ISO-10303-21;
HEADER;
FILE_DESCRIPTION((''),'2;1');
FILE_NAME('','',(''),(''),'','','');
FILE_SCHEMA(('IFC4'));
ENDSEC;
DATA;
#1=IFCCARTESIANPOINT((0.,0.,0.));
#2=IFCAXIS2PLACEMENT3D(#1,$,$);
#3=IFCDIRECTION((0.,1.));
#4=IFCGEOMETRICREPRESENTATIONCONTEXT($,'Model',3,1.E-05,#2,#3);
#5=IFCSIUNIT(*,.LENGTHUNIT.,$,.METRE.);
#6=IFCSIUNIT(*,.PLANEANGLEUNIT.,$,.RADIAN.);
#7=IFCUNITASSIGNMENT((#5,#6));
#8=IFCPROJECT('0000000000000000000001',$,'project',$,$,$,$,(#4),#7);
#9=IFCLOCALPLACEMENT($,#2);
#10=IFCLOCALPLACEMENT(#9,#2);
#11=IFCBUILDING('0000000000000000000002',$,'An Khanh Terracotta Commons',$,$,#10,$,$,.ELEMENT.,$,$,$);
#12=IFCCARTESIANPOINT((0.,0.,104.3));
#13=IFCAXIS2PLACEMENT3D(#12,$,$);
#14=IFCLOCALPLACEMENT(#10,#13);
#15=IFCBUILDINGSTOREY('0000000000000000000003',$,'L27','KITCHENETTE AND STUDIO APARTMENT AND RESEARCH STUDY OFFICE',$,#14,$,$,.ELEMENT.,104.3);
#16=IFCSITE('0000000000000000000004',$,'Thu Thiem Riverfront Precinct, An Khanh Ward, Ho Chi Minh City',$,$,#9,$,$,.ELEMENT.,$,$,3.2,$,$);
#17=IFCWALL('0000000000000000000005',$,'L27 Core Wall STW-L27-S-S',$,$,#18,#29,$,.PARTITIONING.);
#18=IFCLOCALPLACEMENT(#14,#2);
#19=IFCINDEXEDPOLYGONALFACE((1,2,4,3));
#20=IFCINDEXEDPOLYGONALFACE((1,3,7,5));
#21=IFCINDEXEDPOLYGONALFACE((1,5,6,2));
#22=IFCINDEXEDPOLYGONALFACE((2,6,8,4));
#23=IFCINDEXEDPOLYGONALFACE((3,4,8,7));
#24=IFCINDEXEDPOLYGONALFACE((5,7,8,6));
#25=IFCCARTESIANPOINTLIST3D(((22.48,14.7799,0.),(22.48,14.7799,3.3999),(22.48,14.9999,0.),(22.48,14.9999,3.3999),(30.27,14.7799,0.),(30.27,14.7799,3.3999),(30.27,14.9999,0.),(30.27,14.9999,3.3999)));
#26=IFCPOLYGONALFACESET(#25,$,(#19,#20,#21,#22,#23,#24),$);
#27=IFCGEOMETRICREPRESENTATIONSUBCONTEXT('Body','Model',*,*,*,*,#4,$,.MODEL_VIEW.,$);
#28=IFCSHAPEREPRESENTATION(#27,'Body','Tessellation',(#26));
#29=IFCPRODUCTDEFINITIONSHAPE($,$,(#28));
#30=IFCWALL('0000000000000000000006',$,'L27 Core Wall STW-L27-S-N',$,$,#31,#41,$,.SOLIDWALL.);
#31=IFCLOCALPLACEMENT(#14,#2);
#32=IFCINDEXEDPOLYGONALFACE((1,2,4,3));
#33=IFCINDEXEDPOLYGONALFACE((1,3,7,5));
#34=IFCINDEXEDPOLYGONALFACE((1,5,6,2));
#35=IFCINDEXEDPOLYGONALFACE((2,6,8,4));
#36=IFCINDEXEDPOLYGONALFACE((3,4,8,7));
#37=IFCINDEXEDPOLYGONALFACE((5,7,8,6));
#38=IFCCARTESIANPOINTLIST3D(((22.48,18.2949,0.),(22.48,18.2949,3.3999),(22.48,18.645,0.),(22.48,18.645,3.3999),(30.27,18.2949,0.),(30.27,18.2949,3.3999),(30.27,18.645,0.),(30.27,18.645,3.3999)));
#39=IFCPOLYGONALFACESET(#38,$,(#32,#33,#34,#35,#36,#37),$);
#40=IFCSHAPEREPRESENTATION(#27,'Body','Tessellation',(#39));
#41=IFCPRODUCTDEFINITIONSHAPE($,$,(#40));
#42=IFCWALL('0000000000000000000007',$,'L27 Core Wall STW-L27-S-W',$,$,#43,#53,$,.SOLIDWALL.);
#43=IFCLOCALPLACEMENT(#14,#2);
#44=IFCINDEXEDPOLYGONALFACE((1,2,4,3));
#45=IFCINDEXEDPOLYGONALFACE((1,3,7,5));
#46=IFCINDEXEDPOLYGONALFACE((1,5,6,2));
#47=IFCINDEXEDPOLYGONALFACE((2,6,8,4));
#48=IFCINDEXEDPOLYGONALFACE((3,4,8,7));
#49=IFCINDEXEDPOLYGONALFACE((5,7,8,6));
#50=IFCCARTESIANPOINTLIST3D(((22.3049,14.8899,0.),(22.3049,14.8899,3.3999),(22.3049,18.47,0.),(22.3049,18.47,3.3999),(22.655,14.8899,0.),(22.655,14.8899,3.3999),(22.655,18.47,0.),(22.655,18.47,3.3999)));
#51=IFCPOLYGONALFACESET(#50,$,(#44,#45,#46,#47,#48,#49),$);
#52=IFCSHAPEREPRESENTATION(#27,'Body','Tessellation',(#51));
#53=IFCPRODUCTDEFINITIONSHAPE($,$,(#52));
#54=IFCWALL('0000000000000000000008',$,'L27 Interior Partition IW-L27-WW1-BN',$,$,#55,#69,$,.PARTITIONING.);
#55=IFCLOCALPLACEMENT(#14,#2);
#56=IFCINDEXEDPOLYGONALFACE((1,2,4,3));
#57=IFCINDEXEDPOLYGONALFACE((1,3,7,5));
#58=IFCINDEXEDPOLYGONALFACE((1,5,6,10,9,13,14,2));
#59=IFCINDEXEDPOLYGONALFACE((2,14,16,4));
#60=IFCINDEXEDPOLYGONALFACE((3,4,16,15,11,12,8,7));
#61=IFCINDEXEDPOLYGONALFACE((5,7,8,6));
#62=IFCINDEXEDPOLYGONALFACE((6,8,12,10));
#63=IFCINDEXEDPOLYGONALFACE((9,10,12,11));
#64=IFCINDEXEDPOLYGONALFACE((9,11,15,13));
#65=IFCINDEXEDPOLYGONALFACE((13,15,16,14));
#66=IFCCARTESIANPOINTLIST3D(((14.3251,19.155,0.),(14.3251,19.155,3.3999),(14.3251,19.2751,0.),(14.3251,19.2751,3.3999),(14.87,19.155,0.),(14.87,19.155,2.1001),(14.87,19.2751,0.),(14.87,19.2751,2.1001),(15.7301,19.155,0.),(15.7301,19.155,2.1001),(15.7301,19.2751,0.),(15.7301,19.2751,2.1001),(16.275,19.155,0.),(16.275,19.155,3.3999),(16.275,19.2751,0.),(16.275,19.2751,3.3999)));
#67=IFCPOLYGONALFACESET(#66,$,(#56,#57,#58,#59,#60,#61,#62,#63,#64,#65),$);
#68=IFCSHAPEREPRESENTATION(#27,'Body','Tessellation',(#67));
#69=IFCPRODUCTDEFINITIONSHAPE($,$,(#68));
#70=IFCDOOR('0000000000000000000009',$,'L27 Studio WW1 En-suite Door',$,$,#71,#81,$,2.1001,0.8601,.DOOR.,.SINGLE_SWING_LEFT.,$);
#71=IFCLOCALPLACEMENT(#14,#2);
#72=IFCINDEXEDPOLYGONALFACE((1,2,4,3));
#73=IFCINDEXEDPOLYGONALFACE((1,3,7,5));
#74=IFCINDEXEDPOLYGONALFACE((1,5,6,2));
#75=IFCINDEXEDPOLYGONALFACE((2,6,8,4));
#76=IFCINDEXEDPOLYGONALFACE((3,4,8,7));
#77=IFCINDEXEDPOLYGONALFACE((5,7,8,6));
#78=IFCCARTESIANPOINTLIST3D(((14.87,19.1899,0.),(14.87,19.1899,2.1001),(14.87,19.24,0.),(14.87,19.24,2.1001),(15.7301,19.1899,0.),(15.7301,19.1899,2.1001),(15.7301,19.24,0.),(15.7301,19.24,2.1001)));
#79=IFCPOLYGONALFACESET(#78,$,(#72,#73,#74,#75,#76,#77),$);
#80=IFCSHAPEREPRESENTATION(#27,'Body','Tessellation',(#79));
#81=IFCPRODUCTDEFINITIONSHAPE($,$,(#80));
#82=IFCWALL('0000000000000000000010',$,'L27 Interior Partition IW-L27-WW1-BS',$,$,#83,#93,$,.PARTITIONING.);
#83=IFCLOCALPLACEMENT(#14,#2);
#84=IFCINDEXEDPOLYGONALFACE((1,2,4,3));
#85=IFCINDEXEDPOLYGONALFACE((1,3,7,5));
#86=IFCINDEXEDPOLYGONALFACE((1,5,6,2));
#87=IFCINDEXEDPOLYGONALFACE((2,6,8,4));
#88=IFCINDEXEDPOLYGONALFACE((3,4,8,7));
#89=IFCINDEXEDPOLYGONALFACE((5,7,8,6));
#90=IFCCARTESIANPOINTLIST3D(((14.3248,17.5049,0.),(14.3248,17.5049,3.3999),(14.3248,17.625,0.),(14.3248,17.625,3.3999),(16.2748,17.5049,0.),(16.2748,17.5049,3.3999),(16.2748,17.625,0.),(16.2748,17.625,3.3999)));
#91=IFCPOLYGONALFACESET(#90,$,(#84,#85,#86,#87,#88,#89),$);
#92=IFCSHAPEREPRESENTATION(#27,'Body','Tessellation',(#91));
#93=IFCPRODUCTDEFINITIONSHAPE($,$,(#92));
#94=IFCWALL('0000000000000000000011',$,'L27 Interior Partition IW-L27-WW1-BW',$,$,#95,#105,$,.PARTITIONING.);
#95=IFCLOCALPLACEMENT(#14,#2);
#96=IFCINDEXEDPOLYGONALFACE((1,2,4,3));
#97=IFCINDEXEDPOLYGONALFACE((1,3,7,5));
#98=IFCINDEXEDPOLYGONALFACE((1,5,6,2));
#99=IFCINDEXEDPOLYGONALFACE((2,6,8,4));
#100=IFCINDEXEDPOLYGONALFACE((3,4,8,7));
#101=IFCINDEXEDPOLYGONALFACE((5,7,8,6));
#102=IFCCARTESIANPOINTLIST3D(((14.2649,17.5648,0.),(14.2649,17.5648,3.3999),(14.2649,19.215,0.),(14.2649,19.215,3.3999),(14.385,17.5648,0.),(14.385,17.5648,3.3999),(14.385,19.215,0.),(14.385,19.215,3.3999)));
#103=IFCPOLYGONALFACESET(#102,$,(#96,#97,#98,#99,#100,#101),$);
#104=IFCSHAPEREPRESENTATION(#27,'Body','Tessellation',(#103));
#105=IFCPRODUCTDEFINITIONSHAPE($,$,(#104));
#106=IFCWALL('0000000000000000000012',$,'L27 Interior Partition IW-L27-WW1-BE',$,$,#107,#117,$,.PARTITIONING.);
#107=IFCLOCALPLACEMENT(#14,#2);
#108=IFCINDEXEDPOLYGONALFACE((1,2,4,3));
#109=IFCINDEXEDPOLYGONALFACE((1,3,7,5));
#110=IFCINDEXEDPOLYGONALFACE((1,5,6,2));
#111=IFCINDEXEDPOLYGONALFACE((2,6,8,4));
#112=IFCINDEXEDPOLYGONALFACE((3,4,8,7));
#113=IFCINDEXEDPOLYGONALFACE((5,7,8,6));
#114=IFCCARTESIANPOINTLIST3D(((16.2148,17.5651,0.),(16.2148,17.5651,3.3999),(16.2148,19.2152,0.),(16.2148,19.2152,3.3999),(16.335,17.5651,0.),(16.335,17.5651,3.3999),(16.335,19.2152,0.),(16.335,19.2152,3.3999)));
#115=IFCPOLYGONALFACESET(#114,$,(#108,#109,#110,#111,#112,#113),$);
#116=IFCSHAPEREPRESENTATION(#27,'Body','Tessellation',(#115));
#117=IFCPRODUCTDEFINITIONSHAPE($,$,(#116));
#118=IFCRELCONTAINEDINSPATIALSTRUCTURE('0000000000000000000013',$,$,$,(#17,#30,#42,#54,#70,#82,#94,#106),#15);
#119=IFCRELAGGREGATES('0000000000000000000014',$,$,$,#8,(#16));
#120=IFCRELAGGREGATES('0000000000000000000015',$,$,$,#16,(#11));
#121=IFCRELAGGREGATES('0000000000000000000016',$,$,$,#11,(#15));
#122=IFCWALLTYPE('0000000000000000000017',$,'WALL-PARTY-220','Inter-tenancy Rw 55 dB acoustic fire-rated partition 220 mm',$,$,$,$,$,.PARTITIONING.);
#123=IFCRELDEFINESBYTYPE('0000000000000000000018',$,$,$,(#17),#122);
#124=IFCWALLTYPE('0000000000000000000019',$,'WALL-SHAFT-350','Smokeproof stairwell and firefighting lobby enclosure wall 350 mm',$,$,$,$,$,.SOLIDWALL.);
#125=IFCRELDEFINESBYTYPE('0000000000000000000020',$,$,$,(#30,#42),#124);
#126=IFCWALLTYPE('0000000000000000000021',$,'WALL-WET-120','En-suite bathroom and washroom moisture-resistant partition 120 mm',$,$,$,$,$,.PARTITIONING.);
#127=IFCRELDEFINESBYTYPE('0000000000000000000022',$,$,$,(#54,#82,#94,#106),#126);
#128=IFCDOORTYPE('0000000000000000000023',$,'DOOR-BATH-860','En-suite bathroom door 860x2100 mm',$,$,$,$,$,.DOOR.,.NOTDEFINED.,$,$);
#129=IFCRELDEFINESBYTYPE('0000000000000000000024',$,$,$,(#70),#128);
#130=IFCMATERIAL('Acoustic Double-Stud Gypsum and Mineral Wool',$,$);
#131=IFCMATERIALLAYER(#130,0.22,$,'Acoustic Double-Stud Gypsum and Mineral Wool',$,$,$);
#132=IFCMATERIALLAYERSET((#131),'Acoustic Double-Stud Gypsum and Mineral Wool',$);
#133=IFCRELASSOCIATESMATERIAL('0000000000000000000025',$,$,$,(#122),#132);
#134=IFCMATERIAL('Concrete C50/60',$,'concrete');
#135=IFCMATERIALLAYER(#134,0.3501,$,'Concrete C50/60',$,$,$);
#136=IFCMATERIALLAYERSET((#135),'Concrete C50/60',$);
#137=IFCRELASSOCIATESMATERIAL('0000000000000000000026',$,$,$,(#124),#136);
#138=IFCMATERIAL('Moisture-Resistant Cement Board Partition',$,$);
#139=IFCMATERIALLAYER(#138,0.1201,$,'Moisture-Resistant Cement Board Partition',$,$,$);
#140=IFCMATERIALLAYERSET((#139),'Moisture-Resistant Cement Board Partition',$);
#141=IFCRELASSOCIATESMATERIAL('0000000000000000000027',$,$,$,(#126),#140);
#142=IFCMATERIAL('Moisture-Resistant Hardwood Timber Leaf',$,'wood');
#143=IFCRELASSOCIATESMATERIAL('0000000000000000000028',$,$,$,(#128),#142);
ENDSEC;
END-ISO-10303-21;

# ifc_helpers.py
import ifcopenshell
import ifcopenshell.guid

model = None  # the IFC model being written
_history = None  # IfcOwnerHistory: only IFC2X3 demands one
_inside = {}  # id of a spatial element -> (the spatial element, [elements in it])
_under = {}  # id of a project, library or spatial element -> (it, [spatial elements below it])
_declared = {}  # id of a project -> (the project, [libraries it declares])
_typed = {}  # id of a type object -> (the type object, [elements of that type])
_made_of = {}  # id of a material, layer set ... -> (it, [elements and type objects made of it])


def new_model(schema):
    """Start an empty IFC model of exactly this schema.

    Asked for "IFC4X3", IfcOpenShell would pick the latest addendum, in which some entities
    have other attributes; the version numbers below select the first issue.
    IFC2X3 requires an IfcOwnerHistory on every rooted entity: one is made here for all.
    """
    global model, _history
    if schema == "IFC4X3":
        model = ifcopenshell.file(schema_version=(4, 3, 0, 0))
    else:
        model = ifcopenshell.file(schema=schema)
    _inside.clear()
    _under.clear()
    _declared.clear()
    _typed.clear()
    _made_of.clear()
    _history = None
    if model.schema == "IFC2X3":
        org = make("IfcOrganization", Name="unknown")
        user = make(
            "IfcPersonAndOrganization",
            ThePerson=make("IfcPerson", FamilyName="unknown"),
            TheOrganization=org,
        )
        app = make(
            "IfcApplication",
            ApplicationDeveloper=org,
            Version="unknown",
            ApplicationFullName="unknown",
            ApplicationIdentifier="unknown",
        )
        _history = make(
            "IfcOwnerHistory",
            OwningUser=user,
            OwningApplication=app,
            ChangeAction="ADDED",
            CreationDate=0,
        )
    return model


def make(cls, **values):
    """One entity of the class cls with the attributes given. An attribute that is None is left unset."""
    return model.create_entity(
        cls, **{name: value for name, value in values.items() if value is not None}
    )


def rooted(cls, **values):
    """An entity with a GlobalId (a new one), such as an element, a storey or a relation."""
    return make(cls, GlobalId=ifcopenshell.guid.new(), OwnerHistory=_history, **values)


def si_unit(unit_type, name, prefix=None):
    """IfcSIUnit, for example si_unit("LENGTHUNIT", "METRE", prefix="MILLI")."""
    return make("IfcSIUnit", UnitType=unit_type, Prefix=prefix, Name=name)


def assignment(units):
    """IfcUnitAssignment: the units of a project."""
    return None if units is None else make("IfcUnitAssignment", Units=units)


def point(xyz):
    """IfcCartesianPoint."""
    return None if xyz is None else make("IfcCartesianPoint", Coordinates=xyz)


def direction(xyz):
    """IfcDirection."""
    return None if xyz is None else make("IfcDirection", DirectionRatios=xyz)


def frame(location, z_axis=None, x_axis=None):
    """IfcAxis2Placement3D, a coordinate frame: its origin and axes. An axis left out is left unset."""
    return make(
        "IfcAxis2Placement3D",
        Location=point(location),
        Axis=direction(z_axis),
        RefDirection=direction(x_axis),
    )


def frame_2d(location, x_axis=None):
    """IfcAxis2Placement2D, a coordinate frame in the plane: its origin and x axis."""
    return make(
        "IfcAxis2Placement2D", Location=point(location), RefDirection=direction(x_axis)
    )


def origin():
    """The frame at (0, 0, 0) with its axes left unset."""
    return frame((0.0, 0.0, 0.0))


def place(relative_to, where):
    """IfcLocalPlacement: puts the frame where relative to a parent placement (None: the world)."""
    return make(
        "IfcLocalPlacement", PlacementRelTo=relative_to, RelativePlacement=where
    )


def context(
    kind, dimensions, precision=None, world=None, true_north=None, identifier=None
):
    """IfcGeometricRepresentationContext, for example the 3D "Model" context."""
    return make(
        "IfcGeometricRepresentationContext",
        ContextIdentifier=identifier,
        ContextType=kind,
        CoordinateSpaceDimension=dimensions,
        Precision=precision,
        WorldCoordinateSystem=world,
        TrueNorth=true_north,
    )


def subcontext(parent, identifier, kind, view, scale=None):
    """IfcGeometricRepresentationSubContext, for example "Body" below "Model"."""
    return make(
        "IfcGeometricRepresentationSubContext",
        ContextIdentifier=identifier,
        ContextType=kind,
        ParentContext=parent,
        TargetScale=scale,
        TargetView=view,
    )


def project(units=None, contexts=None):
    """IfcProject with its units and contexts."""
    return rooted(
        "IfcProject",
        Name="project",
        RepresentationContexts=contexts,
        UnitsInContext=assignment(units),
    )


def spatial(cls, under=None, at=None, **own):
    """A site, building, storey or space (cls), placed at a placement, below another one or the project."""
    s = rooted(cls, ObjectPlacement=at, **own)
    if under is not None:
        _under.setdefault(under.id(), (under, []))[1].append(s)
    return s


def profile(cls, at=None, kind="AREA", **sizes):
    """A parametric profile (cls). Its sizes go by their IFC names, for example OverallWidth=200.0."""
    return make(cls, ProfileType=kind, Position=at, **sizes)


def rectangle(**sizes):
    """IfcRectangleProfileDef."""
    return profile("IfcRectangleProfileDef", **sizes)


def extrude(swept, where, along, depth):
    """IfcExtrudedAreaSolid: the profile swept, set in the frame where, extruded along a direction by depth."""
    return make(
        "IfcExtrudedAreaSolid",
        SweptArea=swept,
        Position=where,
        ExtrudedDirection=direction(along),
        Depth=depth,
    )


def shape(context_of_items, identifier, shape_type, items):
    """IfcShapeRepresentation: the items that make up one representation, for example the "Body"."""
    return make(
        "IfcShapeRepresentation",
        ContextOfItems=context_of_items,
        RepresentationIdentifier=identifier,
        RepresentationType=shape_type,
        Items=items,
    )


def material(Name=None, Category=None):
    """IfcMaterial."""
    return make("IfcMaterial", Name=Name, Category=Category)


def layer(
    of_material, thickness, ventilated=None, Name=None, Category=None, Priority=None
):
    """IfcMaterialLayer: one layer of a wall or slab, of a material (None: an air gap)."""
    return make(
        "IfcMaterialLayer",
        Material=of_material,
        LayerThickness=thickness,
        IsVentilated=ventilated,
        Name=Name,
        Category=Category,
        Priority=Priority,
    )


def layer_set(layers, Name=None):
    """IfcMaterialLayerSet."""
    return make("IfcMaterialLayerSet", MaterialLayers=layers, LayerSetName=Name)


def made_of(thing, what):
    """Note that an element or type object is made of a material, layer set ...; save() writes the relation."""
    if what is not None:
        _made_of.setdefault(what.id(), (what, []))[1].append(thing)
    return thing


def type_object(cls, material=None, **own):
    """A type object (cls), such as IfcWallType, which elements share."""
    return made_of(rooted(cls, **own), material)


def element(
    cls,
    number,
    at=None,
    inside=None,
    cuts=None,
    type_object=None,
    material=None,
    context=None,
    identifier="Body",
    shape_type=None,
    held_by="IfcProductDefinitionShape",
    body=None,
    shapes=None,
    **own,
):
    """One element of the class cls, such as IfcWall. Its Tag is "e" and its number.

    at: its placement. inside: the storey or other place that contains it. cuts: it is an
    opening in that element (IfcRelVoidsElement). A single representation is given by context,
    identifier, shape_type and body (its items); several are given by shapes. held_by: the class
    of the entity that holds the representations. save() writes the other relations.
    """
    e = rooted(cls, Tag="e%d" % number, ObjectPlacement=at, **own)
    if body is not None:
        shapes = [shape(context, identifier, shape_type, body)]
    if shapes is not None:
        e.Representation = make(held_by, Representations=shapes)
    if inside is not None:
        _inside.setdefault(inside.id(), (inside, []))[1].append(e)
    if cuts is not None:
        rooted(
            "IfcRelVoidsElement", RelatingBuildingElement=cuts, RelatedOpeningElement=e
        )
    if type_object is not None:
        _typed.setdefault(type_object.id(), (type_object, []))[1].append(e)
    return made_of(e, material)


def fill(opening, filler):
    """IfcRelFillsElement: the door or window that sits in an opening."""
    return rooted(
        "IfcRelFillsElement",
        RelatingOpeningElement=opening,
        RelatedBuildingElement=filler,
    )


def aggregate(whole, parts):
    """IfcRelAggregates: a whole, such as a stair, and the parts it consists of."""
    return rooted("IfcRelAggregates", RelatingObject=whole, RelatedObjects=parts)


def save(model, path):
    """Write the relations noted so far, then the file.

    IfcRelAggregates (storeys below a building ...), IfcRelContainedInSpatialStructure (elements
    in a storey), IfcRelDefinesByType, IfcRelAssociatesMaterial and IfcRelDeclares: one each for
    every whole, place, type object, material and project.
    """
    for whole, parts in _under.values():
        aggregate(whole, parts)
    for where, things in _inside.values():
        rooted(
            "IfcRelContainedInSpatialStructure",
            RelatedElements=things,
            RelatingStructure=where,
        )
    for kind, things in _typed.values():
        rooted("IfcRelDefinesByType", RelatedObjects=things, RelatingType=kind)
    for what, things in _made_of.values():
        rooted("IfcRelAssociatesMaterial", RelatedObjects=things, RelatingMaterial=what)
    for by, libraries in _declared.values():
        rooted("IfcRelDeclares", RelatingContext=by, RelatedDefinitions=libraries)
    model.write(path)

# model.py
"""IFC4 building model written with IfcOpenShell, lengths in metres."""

from ifc_helpers import new_model, si_unit, direction, frame, frame_2d, origin, place, context, subcontext, project, spatial, rectangle, extrude, material, layer, layer_set, type_object, element, fill, save


model = new_model("IFC4")

# Units and contexts
model_context = context("Model", 3, precision=1e-05, world=origin(), true_north=direction((0.0, 1.0)))
body_context = subcontext(model_context, "Body", "Model", "MODEL_VIEW")
ifc_project = project(units=[si_unit("LENGTHUNIT", "METRE"), si_unit("PLANEANGLEUNIT", "RADIAN")], contexts=[model_context])

# Site, building, storey
site_placement = place(None, origin())
site = spatial("IfcSite", under=ifc_project, at=site_placement, Name="Thu Thiem Riverfront Precinct, An Khanh Ward, Ho Chi Minh City", CompositionType="ELEMENT", RefElevation=3.2)
building_placement = place(site_placement, origin())
building = spatial("IfcBuilding", under=site, at=building_placement, Name="An Khanh Terracotta Commons", CompositionType="ELEMENT")
storey_placement = place(building_placement, frame((0.0, 0.0, 104.3)))
storey = spatial("IfcBuildingStorey", under=building, at=storey_placement, Name="L27", Description="KITCHENETTE AND STUDIO APARTMENT AND RESEARCH STUDY OFFICE", CompositionType="ELEMENT", Elevation=104.3)

# Walls
ifc_material_1 = material(Name="Acoustic Double-Stud Gypsum and Mineral Wool")
ifc_layer_1 = layer(ifc_material_1, 0.22, Name="Acoustic Double-Stud Gypsum and Mineral Wool")
ifc_layer_set_1 = layer_set([ifc_layer_1], Name="Acoustic Double-Stud Gypsum and Mineral Wool")
wall_type_1 = type_object("IfcWallType", Name="WALL-PARTY-220", Description="Inter-tenancy Rw 55 dB acoustic fire-rated partition 220 mm", PredefinedType="PARTITIONING", material=ifc_layer_set_1)
wall_1_placement = place(storey_placement, frame((22.48, 14.8899, 0.0), z_axis=(0.0, 0.0, 1.0), x_axis=(1.0, 0.0, 0.0)))
element("IfcWall", 1, at=wall_1_placement, inside=storey, type_object=wall_type_1, Name="L27 Core Wall STW-L27-S-S", PredefinedType="PARTITIONING", context=body_context, shape_type="SweptSolid", body=[
    extrude(rectangle(XDim=7.79, YDim=0.22, at=frame_2d((3.895, 0.0))), origin(), (0.0, 0.0, 1.0), 3.3999),
])
ifc_material_2 = material(Name="Concrete C50/60", Category="concrete")
ifc_layer_2 = layer(ifc_material_2, 0.3501, Name="Concrete C50/60")
ifc_layer_set_2 = layer_set([ifc_layer_2], Name="Concrete C50/60")
wall_type_2 = type_object("IfcWallType", Name="WALL-SHAFT-350", Description="Smokeproof stairwell and firefighting lobby enclosure wall 350 mm", PredefinedType="SOLIDWALL", material=ifc_layer_set_2)
wall_2_placement = place(storey_placement, frame((22.48, 18.47, 0.0), z_axis=(0.0, 0.0, 1.0), x_axis=(1.0, 0.0, 0.0)))
element("IfcWall", 2, at=wall_2_placement, inside=storey, type_object=wall_type_2, Name="L27 Core Wall STW-L27-S-N", PredefinedType="SOLIDWALL", context=body_context, shape_type="SweptSolid", body=[
    extrude(rectangle(XDim=7.79, YDim=0.3501, at=frame_2d((3.895, 0.0))), origin(), (0.0, 0.0, 1.0), 3.3999),
])
wall_3_placement = place(storey_placement, frame((22.48, 14.8899, 0.0), z_axis=(0.0, 0.0, 1.0), x_axis=(0.0, 1.0, 0.0)))
element("IfcWall", 3, at=wall_3_placement, inside=storey, type_object=wall_type_2, Name="L27 Core Wall STW-L27-S-W", PredefinedType="SOLIDWALL", context=body_context, shape_type="SweptSolid", body=[
    extrude(rectangle(XDim=3.5801, YDim=0.3501, at=frame_2d((1.79, 0.0))), origin(), (0.0, 0.0, 1.0), 3.3999),
])

# Wall, opening, door
ifc_material_3 = material(Name="Moisture-Resistant Cement Board Partition")
ifc_layer_3 = layer(ifc_material_3, 0.1201, Name="Moisture-Resistant Cement Board Partition")
ifc_layer_set_3 = layer_set([ifc_layer_3], Name="Moisture-Resistant Cement Board Partition")
wall_type_3 = type_object("IfcWallType", Name="WALL-WET-120", Description="En-suite bathroom and washroom moisture-resistant partition 120 mm", PredefinedType="PARTITIONING", material=ifc_layer_set_3)
wall_4_placement = place(storey_placement, frame((14.325, 19.2151, 0.0), z_axis=(0.0, 0.0, 1.0), x_axis=(1.0, 0.0, 0.0)))
wall_4 = element("IfcWall", 4, at=wall_4_placement, inside=storey, type_object=wall_type_3, Name="L27 Interior Partition IW-L27-WW1-BN", PredefinedType="PARTITIONING", context=body_context, shape_type="SweptSolid", body=[
    extrude(rectangle(XDim=1.95, YDim=0.1201, at=frame_2d((0.9751, 0.0))), origin(), (0.0, 0.0, 1.0), 3.3999),
])
opening_1_placement = place(wall_4_placement, frame((0.5449, 0.0, 0.0)))
opening_1 = element("IfcOpeningElement", 5, at=opening_1_placement, cuts=wall_4, PredefinedType="OPENING", context=body_context, shape_type="SweptSolid", body=[
    extrude(rectangle(XDim=0.8601, YDim=2.1001, at=frame_2d((0.4302, 1.05))), frame((0.0, 0.0701, 0.0), z_axis=(0.0, -1.0, 0.0), x_axis=(1.0, 0.0, 0.0)), (0.0, 0.0, 1.0), 0.1401),
])
ifc_material_4 = material(Name="Moisture-Resistant Hardwood Timber Leaf", Category="wood")
door_type_1 = type_object("IfcDoorType", Name="DOOR-BATH-860", Description="En-suite bathroom door 860x2100 mm", OperationType="NOTDEFINED", PredefinedType="DOOR", material=ifc_material_4)
door_1_placement = place(opening_1_placement, origin())
door_1 = element("IfcDoor", 6, at=door_1_placement, inside=storey, type_object=door_type_1, Name="L27 Studio WW1 En-suite Door", OperationType="SINGLE_SWING_LEFT", OverallHeight=2.1001, OverallWidth=0.8601, PredefinedType="DOOR", context=body_context, shape_type="SweptSolid", body=[
    extrude(rectangle(XDim=0.8601, YDim=2.1001, at=frame_2d((0.4302, 1.05))), frame((0.0, 0.0249, 0.0), z_axis=(0.0, -1.0, 0.0), x_axis=(1.0, 0.0, 0.0)), (0.0, 0.0, 1.0), 0.05),
])
fill(opening_1, door_1)

# Walls
wall_5_placement = place(storey_placement, frame((16.2749, 17.5649, 0.0), z_axis=(0.0, 0.0, 1.0), x_axis=(-1.0, 0.0, 0.0)))
element("IfcWall", 7, at=wall_5_placement, inside=storey, type_object=wall_type_3, Name="L27 Interior Partition IW-L27-WW1-BS", PredefinedType="PARTITIONING", context=body_context, shape_type="SweptSolid", body=[
    extrude(rectangle(XDim=1.95, YDim=0.1201, at=frame_2d((0.9751, 0.0))), origin(), (0.0, 0.0, 1.0), 3.3999),
])
for number, where, z_axis, x_axis, name in (
    (8, (14.325, 19.2151, 0.0), (0.0, 0.0, 1.0), (0.0, -1.0, 0.0), "L27 Interior Partition IW-L27-WW1-BW"),
    (9, (16.2749, 17.5649, 0.0), (0.0, 0.0, 1.0), (0.0, 1.0, 0.0), "L27 Interior Partition IW-L27-WW1-BE"),
):
    element("IfcWall", number, at=place(storey_placement, frame(where, z_axis=z_axis, x_axis=x_axis)), inside=storey, type_object=wall_type_3, Name=name, PredefinedType="PARTITIONING", context=body_context, shape_type="SweptSolid", body=[
        extrude(rectangle(XDim=1.6501, YDim=0.1201, at=frame_2d((0.8252, 0.0))), origin(), (0.0, 0.0, 1.0), 3.3999),
    ])

save(model, "model.ifc")
